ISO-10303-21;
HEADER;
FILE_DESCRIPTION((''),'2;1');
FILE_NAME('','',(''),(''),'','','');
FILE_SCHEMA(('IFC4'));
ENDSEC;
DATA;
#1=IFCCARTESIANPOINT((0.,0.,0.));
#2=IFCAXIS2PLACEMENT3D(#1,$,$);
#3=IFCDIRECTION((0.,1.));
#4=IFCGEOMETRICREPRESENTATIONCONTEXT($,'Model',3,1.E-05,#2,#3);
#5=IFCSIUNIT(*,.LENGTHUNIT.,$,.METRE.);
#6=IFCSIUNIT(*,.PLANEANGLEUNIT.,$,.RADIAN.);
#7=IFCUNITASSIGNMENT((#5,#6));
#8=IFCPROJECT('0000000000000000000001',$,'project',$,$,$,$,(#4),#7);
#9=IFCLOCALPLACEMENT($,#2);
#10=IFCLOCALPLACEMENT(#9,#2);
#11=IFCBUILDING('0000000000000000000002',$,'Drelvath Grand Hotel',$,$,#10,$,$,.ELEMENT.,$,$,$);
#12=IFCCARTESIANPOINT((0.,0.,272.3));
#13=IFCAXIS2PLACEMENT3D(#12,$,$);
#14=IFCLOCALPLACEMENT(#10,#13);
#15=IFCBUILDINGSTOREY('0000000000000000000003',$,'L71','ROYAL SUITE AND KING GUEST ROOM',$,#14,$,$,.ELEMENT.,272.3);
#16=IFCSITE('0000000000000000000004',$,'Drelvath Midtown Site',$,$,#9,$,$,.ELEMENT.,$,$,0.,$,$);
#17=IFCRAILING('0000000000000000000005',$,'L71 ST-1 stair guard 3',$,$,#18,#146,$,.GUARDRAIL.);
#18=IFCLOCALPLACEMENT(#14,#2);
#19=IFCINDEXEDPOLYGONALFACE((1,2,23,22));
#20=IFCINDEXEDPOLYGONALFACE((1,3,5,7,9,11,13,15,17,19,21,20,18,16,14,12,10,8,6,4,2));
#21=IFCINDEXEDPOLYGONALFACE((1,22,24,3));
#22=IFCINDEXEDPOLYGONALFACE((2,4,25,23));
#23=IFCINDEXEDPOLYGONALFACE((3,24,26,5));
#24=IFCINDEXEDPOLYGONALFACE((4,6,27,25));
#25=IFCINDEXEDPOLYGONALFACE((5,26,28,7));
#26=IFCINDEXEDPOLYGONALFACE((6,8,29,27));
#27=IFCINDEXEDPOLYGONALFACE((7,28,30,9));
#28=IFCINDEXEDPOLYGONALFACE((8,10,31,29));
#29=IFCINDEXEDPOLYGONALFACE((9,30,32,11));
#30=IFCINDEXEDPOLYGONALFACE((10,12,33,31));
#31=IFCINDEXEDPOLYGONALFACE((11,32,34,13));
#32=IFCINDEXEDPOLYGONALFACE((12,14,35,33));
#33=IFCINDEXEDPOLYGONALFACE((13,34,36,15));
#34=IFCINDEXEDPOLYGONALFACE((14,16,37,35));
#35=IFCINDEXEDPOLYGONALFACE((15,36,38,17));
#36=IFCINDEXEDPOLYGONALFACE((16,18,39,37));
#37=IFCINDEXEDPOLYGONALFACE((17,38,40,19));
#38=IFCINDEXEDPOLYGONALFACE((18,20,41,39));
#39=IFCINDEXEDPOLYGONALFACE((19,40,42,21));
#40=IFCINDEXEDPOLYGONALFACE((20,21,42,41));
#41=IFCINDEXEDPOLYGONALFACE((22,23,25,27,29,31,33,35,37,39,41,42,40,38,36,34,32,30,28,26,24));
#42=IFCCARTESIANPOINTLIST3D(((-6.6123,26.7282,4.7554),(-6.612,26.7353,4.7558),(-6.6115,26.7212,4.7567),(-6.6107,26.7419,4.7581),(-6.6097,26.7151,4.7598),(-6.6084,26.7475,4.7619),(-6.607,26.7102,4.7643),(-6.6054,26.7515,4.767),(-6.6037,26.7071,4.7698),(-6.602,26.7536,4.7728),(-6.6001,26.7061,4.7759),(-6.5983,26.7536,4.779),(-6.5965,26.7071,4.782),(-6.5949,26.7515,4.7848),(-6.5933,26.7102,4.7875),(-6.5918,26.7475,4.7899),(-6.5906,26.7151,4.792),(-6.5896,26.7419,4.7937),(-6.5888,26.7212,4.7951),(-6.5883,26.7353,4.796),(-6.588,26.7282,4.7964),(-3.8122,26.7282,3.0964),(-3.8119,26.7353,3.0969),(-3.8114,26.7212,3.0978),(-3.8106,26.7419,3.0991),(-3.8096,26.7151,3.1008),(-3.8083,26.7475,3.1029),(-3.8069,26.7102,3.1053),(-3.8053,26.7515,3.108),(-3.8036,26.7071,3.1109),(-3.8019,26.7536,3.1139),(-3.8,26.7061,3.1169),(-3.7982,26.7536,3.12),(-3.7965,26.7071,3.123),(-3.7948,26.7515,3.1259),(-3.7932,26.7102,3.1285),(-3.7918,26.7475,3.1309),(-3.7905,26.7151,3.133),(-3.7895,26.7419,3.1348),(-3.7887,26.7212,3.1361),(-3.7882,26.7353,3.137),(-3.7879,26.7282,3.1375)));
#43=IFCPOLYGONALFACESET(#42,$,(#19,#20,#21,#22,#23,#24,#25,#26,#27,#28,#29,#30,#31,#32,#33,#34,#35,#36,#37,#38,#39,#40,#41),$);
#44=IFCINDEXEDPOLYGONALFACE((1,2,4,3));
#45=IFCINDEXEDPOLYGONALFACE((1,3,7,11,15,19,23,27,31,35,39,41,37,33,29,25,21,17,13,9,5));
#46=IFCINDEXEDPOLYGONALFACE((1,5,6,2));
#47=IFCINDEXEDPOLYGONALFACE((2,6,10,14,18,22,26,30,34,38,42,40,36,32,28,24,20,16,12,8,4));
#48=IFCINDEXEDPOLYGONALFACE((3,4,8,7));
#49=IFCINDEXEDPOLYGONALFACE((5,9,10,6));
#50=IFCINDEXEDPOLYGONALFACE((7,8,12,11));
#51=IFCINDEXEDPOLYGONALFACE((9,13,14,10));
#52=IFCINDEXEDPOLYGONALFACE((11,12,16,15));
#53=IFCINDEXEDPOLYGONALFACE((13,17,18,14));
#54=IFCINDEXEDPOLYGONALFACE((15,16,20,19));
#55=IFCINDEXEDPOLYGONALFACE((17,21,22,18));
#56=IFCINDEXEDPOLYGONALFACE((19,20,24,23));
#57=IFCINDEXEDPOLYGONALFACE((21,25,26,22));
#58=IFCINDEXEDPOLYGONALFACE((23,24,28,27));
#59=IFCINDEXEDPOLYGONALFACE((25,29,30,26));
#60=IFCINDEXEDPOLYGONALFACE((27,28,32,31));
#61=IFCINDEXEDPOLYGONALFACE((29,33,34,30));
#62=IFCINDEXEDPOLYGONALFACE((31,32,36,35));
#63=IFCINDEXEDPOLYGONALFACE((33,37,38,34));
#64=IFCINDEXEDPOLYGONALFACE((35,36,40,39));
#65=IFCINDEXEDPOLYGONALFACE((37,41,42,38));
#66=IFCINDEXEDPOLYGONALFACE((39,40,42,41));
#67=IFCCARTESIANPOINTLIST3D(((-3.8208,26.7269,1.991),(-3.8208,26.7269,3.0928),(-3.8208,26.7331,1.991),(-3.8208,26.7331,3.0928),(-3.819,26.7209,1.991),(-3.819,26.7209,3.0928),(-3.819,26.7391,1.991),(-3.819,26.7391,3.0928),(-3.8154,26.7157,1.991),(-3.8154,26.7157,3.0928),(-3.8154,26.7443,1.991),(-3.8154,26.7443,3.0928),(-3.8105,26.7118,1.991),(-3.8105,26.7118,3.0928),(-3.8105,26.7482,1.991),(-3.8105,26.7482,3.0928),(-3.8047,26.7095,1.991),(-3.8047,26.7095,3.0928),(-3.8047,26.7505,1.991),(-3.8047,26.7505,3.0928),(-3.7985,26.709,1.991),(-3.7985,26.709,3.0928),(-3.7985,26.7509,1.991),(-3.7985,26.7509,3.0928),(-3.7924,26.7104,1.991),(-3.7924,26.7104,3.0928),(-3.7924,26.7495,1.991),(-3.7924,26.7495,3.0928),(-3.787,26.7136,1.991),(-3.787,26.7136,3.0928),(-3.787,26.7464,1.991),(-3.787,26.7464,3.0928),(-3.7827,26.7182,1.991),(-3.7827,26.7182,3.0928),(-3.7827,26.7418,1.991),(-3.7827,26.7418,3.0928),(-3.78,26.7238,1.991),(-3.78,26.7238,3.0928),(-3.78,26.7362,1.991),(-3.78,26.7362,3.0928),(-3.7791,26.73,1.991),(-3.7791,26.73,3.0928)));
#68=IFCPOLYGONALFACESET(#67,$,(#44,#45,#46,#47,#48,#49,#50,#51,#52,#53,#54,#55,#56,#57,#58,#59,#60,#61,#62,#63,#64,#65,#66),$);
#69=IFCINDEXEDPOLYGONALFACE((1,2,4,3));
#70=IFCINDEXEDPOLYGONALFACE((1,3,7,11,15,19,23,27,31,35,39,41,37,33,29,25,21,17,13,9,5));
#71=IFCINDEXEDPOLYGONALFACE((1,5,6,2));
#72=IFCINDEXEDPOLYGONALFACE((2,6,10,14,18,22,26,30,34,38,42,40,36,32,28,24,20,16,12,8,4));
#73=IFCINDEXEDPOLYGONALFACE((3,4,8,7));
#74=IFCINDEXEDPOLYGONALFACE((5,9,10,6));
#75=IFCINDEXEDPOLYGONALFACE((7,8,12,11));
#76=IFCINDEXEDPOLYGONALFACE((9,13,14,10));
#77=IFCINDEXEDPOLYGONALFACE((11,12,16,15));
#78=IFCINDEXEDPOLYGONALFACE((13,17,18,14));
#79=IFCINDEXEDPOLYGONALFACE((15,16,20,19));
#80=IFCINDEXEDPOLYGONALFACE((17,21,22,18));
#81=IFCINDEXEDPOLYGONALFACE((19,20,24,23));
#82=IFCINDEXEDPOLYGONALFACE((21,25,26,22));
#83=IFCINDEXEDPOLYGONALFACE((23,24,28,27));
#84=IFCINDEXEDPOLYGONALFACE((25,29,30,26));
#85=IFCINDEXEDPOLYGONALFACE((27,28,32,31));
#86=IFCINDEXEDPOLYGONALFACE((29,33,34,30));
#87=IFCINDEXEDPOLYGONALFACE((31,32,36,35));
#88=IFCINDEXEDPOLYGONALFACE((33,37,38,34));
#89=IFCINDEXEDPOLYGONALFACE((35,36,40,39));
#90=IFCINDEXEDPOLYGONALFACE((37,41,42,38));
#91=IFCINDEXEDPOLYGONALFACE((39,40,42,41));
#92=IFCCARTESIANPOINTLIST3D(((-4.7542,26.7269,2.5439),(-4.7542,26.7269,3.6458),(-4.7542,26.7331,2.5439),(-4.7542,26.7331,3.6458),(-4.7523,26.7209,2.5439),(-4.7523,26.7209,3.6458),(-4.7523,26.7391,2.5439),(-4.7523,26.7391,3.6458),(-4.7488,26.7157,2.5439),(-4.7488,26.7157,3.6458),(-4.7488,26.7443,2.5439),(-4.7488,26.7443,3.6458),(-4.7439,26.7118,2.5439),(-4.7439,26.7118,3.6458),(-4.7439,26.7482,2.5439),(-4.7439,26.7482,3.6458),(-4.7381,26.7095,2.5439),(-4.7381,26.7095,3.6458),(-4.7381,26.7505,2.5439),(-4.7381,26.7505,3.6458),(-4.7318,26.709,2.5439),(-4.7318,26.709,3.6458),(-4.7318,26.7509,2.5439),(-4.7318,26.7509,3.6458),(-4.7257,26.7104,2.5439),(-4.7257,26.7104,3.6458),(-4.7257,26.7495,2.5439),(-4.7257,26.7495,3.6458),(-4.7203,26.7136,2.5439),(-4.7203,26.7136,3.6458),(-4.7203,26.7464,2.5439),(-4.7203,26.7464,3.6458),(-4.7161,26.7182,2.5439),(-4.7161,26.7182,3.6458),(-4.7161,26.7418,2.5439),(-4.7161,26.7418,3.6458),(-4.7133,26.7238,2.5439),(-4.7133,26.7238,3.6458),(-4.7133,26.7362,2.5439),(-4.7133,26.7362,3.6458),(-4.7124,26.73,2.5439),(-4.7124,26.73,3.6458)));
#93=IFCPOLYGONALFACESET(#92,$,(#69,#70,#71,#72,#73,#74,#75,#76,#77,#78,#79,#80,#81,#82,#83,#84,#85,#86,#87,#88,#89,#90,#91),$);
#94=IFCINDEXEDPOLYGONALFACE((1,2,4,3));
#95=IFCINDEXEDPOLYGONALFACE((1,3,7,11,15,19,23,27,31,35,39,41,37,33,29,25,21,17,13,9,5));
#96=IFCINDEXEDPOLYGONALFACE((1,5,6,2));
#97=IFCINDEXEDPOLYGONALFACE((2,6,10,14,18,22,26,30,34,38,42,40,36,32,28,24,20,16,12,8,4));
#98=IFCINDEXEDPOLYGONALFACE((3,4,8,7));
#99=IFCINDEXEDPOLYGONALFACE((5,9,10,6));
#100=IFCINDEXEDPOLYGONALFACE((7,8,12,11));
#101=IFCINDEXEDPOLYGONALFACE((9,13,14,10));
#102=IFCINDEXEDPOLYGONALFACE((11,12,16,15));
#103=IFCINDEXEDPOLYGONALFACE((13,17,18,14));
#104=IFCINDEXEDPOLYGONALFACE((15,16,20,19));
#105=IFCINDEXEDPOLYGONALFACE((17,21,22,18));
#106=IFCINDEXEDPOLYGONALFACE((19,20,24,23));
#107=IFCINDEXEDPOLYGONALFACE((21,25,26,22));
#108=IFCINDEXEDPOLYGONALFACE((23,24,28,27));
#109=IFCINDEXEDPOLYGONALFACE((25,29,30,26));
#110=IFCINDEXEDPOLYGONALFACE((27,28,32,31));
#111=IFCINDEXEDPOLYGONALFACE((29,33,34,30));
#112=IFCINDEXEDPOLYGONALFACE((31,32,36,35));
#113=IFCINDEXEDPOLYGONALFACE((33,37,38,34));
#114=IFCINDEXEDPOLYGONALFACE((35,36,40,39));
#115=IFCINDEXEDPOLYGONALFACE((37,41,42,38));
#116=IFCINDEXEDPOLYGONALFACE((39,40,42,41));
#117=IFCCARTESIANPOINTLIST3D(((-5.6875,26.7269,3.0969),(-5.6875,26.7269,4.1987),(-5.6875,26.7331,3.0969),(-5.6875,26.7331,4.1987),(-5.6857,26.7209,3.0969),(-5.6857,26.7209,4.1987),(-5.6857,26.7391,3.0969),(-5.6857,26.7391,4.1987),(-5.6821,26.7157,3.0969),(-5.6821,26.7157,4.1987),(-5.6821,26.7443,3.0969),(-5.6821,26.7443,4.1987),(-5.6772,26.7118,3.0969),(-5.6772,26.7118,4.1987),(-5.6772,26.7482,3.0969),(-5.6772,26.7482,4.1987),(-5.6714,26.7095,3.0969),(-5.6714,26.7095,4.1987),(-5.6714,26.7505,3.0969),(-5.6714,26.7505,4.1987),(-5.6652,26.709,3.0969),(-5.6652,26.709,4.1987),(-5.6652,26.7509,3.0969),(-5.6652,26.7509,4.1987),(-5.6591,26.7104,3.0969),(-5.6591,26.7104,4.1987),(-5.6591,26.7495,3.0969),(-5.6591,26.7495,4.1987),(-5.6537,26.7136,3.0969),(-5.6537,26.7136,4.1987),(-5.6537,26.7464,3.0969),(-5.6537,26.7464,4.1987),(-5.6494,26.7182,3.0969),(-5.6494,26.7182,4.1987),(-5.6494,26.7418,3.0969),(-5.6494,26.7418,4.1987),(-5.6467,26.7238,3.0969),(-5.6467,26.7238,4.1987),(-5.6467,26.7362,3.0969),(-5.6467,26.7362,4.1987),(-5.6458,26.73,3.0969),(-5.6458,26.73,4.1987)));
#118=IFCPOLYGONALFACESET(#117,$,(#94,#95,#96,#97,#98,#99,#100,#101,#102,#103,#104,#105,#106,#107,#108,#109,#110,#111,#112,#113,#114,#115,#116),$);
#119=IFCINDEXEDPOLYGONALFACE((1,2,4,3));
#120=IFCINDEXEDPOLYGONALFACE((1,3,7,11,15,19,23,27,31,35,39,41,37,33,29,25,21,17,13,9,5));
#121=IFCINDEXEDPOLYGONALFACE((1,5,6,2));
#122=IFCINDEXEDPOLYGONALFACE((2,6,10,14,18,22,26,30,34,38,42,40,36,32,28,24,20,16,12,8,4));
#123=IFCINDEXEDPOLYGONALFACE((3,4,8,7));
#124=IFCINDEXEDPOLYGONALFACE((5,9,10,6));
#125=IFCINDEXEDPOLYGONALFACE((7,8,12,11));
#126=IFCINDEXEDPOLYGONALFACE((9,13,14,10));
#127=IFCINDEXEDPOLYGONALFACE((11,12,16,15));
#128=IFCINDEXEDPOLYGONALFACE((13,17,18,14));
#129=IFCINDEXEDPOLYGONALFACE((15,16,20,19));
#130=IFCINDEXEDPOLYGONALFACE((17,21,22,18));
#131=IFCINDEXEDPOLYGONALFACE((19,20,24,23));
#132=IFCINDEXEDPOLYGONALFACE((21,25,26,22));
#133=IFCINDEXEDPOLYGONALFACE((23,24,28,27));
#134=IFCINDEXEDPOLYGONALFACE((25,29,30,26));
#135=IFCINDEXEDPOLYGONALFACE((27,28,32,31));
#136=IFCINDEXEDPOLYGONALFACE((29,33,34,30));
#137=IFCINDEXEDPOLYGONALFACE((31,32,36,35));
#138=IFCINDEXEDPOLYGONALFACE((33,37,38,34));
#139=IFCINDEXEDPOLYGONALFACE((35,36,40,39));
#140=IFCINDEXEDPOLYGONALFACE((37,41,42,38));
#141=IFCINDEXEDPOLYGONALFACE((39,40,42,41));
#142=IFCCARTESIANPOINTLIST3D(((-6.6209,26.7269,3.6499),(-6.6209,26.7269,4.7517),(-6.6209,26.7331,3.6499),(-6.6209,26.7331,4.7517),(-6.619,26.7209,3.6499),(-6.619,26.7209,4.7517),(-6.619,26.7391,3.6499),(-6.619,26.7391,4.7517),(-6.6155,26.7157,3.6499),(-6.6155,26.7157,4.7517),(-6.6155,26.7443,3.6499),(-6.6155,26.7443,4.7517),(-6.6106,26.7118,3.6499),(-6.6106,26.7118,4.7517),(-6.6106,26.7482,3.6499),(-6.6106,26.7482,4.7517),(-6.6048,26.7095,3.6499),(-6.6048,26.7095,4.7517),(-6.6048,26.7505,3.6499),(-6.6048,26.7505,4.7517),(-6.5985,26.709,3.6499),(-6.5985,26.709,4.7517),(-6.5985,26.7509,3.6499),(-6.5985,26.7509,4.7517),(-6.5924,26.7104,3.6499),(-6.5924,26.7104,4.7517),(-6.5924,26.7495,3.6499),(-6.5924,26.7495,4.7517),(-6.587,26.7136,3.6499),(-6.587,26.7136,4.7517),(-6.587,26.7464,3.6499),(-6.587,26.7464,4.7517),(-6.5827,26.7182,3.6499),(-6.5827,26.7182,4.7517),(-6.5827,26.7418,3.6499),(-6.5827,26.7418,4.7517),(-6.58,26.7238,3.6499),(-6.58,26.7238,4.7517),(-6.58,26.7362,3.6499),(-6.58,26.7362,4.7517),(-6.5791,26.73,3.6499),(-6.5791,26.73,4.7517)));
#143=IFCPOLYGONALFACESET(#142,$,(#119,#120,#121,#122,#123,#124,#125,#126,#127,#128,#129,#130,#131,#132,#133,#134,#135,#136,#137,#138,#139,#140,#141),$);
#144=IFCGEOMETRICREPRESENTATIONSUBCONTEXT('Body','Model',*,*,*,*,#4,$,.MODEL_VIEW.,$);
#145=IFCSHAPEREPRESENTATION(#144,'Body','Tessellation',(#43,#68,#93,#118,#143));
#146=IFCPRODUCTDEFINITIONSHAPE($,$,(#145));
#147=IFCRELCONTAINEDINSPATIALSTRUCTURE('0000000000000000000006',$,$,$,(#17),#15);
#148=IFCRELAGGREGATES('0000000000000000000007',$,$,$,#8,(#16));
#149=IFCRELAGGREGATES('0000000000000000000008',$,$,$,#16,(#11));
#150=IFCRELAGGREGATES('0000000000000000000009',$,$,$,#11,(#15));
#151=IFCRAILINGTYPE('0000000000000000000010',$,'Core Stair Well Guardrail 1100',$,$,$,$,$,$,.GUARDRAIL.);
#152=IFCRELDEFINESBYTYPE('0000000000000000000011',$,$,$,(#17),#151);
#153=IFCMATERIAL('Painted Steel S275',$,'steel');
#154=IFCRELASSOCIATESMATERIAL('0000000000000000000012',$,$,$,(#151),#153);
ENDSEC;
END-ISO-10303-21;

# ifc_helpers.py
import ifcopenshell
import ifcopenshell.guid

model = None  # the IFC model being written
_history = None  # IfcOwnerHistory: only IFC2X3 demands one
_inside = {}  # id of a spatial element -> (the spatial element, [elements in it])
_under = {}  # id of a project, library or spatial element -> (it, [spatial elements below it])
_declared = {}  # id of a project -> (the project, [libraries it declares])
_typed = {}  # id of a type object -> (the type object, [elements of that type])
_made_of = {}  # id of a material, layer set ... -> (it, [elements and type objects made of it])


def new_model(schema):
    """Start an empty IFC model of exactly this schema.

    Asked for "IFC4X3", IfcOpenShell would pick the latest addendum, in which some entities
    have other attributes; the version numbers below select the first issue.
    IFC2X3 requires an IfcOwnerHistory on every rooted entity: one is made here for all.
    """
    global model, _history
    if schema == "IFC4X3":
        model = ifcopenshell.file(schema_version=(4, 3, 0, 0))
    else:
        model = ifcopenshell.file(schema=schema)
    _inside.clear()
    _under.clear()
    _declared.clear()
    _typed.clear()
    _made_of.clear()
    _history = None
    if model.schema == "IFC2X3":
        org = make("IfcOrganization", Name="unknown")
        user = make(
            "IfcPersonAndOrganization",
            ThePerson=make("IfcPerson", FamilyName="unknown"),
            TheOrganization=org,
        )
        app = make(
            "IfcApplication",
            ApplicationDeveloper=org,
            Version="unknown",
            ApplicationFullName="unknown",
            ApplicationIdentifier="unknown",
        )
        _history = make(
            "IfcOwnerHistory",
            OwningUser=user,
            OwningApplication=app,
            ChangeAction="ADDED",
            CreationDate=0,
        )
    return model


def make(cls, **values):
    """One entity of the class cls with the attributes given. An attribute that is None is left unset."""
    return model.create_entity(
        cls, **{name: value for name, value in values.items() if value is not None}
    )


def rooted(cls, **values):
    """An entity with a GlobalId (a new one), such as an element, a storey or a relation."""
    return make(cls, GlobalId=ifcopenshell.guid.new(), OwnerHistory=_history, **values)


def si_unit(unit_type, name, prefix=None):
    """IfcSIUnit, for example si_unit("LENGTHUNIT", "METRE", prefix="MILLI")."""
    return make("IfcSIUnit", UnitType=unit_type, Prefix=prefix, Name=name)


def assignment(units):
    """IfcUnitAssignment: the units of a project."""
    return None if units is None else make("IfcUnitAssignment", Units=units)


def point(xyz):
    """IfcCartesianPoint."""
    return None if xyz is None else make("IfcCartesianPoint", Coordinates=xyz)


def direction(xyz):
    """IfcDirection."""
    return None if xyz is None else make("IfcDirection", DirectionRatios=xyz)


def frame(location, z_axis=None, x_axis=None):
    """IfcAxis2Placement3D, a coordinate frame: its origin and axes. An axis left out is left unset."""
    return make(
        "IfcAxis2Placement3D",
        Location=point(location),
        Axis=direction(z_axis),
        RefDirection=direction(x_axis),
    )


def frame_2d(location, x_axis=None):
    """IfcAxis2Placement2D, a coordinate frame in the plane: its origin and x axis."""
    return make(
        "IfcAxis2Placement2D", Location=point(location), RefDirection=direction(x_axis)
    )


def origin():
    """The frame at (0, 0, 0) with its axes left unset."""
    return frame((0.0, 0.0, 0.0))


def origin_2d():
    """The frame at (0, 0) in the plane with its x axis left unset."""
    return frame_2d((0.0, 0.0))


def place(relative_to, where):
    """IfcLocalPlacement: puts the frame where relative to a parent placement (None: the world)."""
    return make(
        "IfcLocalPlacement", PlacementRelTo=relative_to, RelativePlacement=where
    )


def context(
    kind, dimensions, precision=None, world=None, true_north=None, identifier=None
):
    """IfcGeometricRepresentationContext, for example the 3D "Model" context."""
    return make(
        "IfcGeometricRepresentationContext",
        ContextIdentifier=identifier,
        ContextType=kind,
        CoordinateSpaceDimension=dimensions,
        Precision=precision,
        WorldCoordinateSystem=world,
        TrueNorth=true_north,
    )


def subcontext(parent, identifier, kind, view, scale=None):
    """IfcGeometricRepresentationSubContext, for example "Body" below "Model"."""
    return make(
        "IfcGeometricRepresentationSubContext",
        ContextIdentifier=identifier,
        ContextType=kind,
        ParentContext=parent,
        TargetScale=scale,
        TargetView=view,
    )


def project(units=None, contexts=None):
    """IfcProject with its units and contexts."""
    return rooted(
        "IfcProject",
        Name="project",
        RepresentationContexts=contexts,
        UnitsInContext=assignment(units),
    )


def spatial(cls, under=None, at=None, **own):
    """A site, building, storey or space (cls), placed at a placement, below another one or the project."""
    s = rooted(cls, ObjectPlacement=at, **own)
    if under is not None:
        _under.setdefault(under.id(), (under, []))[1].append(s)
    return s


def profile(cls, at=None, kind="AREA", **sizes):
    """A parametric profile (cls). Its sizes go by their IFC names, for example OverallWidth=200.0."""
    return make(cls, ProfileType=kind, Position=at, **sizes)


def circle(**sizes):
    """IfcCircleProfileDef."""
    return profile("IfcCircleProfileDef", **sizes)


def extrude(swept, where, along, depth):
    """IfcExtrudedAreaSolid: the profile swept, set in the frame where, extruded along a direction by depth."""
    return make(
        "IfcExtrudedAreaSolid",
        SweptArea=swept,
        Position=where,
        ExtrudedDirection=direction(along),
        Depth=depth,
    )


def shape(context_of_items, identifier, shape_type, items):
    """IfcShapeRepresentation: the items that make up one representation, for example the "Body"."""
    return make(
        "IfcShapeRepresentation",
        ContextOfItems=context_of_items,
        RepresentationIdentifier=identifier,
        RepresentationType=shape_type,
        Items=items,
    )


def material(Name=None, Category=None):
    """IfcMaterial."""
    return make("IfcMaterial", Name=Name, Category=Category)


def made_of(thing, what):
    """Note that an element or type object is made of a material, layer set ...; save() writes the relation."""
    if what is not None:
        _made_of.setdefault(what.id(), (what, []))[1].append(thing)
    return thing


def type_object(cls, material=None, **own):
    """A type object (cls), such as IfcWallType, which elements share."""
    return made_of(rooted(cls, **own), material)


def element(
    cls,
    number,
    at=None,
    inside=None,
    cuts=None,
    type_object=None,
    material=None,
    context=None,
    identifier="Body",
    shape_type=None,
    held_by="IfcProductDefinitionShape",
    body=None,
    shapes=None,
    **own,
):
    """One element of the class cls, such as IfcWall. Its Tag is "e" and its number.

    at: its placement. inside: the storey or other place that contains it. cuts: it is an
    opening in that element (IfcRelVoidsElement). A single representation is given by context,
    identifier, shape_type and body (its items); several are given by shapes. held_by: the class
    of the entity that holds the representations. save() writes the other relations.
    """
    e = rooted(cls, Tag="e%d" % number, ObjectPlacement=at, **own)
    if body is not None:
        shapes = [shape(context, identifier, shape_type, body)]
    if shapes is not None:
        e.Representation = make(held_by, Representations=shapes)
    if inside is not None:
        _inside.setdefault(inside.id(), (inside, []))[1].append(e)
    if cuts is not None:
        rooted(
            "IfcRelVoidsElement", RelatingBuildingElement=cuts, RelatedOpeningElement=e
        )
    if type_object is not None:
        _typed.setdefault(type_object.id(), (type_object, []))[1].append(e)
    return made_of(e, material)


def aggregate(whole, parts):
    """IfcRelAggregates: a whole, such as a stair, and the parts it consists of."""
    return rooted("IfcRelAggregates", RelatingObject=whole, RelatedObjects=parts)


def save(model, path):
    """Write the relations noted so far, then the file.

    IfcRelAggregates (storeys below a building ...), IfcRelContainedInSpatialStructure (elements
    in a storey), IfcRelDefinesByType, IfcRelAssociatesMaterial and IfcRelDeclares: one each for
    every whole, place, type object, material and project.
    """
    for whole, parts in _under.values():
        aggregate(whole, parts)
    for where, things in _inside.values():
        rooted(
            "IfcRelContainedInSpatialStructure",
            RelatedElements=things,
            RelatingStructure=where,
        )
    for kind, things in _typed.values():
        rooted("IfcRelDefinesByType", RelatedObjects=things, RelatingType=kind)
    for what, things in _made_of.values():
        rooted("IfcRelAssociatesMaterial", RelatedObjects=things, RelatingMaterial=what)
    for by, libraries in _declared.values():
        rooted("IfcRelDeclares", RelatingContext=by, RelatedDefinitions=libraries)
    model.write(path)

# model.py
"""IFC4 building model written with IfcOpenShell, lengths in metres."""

from ifc_helpers import new_model, si_unit, direction, frame, origin, origin_2d, place, context, subcontext, project, spatial, circle, extrude, material, type_object, element, save


model = new_model("IFC4")

# Units and contexts
model_context = context("Model", 3, precision=1e-05, world=origin(), true_north=direction((0.0, 1.0)))
body_context = subcontext(model_context, "Body", "Model", "MODEL_VIEW")
ifc_project = project(units=[si_unit("LENGTHUNIT", "METRE"), si_unit("PLANEANGLEUNIT", "RADIAN")], contexts=[model_context])

# Site, building, storey
site_placement = place(None, origin())
site = spatial("IfcSite", under=ifc_project, at=site_placement, Name="Drelvath Midtown Site", CompositionType="ELEMENT", RefElevation=0.0)
building_placement = place(site_placement, origin())
building = spatial("IfcBuilding", under=site, at=building_placement, Name="Drelvath Grand Hotel", CompositionType="ELEMENT")
storey_placement = place(building_placement, frame((0.0, 0.0, 272.3)))
storey = spatial("IfcBuildingStorey", under=building, at=storey_placement, Name="L71", Description="ROYAL SUITE AND KING GUEST ROOM", CompositionType="ELEMENT", Elevation=272.3)

# Shared definitions
ifc_material_1 = material(Name="Painted Steel S275", Category="steel")

# Railing
railing_type_1 = type_object("IfcRailingType", Name="Core Stair Well Guardrail 1100", PredefinedType="GUARDRAIL", material=ifc_material_1)
railing_1_placement = place(storey_placement, frame((-3.8, 26.73, 1.991)))
element("IfcRailing", 1, at=railing_1_placement, inside=storey, type_object=railing_type_1, Name="L71 ST-1 stair guard 3", PredefinedType="GUARDRAIL", context=body_context, shape_type="SweptSolid", body=[
    extrude(circle(Radius=0.0239, at=origin_2d()), frame((0.0, 0.0, 1.126), z_axis=(-0.860339, 0.0, 0.509722), x_axis=(0.0, -1.0, 0.0)), (0.0, 0.0, 1.0), 3.2546),
    extrude(circle(Radius=0.021, at=origin_2d()), origin(), (0.0, 0.0, 1.0), 1.1018),
    extrude(circle(Radius=0.021, at=origin_2d()), frame((-0.9333, 0.0, 0.553)), (0.0, 0.0, 1.0), 1.1018),
    extrude(circle(Radius=0.021, at=origin_2d()), frame((-1.8667, 0.0, 1.106)), (0.0, 0.0, 1.0), 1.1018),
    extrude(circle(Radius=0.021, at=origin_2d()), frame((-2.8, 0.0, 1.6589)), (0.0, 0.0, 1.0), 1.1018),
])

save(model, "model.ifc")
